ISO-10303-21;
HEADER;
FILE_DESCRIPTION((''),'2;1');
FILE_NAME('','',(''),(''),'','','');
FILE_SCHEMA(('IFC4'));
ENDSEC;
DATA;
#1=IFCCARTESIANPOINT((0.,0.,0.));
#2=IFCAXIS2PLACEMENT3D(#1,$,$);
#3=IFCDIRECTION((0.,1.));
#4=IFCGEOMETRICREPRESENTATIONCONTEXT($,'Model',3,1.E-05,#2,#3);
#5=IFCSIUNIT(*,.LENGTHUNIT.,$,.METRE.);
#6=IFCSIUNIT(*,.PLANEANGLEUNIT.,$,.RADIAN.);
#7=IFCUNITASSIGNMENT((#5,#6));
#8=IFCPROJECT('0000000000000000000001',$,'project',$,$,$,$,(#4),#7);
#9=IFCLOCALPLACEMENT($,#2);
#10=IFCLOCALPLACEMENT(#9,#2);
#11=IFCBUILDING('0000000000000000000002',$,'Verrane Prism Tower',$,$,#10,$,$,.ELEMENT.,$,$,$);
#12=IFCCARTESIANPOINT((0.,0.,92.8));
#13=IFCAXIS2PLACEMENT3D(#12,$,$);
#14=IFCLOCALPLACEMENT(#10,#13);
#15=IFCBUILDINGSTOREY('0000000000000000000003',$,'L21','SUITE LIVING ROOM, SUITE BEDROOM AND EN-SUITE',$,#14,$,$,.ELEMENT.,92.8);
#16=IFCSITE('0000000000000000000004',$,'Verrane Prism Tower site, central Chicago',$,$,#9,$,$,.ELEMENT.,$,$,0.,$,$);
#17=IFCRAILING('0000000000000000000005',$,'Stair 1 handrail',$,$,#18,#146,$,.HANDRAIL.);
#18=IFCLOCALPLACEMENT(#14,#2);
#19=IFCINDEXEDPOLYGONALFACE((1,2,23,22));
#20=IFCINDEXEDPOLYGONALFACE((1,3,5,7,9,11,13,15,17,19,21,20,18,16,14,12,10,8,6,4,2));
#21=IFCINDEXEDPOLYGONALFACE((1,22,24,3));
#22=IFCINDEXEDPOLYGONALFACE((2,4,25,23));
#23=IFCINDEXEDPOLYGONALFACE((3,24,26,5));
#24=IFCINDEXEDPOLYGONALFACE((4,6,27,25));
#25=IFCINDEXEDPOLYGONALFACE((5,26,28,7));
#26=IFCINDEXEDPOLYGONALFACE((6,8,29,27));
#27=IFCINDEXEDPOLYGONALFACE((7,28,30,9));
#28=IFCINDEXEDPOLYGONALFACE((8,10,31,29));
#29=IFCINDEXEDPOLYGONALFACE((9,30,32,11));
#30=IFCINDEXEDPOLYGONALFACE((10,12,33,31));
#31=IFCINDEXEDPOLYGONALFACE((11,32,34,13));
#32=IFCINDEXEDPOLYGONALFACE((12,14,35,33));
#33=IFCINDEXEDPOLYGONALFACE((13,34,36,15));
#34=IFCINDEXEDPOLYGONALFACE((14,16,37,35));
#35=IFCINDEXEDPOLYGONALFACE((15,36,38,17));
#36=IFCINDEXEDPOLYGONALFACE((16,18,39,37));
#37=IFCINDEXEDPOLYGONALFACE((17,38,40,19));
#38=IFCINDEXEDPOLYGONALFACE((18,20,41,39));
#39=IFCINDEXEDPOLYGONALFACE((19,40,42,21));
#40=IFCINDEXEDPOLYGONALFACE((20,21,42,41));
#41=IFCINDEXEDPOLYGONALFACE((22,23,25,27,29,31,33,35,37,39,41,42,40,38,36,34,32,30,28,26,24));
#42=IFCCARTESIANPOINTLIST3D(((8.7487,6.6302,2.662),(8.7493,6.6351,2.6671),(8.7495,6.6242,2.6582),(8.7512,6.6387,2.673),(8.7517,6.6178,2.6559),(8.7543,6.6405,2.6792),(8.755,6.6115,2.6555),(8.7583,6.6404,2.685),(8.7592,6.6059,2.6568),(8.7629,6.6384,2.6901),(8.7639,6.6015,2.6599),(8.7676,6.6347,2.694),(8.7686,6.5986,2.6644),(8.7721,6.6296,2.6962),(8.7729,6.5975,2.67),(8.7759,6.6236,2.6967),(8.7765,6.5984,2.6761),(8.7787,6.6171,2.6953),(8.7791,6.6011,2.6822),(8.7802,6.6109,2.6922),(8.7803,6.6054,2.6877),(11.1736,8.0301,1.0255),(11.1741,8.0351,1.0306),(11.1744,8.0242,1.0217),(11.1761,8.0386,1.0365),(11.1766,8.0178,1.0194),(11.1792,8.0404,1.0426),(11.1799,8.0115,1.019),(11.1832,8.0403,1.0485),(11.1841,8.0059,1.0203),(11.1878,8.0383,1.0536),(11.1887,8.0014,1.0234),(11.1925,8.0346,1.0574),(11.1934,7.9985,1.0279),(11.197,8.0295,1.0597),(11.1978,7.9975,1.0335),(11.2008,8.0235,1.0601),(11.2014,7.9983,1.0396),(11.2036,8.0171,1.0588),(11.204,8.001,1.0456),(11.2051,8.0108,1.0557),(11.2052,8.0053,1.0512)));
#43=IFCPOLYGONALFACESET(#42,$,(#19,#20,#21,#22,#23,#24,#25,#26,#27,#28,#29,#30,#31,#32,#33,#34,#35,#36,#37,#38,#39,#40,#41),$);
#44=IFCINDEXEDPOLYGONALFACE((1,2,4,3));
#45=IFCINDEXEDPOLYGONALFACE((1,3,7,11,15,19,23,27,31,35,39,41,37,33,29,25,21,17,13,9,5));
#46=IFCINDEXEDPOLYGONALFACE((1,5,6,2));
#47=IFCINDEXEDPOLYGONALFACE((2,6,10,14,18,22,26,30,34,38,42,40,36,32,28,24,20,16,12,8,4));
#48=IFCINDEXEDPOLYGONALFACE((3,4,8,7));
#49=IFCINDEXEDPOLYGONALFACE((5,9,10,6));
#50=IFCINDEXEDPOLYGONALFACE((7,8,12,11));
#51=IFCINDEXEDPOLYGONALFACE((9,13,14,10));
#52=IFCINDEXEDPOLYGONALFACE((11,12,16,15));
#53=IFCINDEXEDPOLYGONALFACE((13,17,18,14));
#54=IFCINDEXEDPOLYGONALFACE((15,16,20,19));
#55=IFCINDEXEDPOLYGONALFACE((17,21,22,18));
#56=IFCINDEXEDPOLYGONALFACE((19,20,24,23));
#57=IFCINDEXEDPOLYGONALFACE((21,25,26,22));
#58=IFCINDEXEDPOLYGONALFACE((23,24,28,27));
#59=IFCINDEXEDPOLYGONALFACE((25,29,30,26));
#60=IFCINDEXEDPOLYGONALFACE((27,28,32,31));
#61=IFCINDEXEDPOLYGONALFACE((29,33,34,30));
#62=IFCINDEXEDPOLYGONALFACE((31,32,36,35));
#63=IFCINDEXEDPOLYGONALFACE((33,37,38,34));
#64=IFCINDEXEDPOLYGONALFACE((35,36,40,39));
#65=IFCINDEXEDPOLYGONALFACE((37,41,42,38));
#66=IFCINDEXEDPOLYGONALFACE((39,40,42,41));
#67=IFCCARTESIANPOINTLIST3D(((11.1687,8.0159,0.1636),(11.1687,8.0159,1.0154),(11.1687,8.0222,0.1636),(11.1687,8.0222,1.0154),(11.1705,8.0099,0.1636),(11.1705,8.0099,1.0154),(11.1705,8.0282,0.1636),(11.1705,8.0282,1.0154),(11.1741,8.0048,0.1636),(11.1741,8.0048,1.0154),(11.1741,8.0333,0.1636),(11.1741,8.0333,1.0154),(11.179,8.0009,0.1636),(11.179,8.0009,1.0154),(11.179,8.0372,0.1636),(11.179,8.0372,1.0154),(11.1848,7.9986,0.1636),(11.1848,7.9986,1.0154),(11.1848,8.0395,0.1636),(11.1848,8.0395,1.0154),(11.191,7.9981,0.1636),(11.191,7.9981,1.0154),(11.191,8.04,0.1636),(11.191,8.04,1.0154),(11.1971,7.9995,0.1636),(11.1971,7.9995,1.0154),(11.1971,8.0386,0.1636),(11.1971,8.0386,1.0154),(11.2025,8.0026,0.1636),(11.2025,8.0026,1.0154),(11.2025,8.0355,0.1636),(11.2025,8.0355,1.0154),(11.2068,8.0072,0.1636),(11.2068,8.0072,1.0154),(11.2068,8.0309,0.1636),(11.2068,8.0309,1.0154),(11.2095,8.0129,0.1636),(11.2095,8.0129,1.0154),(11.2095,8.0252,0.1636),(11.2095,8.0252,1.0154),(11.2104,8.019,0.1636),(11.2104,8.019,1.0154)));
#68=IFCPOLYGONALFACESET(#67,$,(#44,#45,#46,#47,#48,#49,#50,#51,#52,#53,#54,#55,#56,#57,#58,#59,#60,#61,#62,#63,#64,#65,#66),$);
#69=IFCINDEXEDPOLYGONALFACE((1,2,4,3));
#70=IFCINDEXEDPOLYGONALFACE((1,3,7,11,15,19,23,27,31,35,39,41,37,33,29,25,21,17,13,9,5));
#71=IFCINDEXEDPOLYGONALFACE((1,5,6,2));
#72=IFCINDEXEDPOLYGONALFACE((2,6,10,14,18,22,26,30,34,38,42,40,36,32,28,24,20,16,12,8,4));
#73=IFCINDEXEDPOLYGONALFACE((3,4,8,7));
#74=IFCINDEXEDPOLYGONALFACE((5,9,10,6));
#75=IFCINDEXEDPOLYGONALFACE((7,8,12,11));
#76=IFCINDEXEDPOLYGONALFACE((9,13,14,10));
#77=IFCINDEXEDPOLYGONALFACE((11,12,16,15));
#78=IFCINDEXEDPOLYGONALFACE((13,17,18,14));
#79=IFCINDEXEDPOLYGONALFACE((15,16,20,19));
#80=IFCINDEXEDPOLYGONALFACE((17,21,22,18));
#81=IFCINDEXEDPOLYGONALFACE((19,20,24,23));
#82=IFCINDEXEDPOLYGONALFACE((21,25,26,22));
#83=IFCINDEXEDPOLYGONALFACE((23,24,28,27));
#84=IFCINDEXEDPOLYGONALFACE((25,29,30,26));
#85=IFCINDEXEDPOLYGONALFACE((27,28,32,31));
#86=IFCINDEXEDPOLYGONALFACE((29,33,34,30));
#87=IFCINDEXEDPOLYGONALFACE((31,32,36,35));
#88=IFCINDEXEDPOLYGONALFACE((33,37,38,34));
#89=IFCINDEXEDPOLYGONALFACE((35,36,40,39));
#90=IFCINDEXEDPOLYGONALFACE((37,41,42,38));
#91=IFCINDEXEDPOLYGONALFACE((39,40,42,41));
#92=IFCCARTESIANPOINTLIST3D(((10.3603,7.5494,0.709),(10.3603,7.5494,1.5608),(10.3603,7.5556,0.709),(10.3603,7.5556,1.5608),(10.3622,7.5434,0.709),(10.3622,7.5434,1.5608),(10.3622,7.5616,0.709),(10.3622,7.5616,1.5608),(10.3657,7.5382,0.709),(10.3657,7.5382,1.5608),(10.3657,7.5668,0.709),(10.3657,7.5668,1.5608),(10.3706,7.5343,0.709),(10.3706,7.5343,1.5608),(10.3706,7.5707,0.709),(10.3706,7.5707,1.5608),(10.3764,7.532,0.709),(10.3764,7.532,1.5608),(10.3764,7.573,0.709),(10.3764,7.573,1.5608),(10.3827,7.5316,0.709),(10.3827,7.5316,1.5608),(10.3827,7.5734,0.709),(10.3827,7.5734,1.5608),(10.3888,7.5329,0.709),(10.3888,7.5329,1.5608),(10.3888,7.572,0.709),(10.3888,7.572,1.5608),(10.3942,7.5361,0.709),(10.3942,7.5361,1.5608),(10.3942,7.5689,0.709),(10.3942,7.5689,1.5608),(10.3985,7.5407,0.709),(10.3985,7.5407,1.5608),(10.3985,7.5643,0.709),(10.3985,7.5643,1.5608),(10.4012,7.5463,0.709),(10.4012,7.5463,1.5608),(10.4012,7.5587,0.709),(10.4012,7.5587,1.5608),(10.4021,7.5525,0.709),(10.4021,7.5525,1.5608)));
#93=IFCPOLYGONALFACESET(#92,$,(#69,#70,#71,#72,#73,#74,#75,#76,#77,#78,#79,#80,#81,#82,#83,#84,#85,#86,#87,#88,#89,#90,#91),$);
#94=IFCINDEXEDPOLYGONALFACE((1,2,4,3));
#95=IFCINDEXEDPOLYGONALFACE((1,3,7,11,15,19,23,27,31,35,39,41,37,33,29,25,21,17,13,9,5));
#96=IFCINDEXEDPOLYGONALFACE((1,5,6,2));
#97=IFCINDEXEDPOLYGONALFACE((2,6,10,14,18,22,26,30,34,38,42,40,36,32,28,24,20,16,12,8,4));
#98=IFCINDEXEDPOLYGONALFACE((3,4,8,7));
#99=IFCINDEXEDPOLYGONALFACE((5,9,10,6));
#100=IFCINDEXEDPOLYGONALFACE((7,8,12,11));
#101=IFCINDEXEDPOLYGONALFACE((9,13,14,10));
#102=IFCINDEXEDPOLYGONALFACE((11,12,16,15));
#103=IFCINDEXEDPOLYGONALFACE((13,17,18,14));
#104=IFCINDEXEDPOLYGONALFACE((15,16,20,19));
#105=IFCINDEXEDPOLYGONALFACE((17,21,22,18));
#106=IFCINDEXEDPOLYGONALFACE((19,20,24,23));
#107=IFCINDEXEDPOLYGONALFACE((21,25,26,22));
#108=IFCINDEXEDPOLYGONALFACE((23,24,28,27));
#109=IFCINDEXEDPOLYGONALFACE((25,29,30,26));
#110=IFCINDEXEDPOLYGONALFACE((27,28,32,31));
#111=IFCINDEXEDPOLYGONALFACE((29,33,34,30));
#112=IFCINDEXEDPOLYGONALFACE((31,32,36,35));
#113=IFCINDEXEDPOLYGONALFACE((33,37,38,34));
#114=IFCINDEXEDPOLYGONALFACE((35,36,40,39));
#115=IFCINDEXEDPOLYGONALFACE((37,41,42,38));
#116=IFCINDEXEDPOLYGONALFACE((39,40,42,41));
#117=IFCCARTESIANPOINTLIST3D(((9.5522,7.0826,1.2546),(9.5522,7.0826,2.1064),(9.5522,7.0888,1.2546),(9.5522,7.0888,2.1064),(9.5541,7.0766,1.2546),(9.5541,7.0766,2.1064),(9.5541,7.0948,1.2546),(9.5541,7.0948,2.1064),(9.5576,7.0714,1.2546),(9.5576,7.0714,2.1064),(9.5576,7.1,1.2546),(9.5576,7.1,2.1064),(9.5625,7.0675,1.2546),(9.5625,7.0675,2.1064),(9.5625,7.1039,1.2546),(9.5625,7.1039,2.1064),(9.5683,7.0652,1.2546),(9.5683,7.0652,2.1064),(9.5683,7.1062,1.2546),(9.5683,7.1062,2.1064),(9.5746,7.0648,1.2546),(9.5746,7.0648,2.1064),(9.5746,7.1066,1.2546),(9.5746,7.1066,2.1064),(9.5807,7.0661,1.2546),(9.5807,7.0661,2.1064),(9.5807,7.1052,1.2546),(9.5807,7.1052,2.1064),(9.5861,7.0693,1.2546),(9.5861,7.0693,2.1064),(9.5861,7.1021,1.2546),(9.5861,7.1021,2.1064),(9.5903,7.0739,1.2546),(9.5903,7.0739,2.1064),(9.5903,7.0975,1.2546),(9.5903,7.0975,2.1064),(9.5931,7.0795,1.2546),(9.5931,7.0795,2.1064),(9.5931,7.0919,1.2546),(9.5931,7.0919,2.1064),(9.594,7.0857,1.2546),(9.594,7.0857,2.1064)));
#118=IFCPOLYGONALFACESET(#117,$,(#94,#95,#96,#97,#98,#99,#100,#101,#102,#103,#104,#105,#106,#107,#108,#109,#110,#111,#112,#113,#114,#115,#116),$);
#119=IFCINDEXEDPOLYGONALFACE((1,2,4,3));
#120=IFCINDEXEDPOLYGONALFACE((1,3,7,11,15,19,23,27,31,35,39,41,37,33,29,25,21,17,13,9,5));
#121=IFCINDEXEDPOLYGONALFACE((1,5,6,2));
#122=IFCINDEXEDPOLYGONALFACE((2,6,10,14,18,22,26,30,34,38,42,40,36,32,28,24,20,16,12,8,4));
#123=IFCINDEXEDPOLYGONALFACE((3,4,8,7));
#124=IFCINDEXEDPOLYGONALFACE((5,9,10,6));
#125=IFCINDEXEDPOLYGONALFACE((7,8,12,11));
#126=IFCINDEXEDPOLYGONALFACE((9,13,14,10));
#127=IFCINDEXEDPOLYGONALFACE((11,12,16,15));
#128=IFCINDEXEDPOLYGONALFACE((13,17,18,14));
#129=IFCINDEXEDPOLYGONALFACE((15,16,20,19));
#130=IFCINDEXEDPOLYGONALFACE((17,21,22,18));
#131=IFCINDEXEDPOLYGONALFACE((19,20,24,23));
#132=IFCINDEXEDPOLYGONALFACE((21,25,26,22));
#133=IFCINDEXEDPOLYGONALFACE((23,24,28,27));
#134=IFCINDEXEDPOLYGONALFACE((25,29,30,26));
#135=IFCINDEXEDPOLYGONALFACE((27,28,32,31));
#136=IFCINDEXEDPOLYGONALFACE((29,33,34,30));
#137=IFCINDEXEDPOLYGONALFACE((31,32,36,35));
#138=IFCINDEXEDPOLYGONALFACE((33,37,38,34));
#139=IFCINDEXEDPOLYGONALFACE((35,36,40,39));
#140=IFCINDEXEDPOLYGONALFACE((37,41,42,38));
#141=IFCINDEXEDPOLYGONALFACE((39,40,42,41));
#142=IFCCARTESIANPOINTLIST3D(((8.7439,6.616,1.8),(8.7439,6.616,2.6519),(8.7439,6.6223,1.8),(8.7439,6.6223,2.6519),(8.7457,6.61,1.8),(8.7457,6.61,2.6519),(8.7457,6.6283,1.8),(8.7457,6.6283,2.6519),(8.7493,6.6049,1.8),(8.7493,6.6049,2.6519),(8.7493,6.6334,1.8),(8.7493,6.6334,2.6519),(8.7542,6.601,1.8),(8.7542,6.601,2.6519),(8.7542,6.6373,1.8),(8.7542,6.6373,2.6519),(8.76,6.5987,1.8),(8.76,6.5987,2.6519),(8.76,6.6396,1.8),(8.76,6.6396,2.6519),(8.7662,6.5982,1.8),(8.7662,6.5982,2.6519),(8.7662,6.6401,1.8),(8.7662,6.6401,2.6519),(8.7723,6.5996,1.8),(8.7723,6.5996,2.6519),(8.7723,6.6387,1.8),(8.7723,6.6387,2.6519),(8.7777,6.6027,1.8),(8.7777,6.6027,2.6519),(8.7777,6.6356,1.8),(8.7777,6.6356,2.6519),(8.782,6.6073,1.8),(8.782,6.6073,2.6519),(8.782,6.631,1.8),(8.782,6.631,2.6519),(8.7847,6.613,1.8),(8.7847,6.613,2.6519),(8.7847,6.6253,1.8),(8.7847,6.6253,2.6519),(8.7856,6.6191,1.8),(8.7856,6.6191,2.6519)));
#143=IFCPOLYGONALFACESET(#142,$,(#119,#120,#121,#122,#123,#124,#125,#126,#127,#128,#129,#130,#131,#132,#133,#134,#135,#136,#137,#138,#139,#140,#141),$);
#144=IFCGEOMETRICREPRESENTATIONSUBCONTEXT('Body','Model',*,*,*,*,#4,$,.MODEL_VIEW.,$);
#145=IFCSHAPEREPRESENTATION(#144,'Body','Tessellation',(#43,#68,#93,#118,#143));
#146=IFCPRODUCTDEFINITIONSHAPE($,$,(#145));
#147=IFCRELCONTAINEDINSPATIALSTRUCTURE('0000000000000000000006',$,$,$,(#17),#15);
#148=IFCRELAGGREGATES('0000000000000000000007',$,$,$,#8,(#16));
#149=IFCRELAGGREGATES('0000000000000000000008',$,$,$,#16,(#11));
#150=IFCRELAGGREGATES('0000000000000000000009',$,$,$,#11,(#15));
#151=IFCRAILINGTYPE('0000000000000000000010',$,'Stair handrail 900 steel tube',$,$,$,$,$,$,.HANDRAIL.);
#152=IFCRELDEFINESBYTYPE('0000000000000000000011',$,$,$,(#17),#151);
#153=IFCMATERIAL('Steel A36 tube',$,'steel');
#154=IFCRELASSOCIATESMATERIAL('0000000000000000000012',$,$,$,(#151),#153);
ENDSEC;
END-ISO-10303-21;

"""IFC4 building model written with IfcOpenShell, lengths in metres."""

from ifc_helpers import new_model, si_unit, direction, frame, origin, origin_2d, place, context, subcontext, project, spatial, circle, extrude, material, type_object, element, save


model = new_model("IFC4")

# Units and contexts
model_context = context("Model", 3, precision=1e-05, world=origin(), true_north=direction((0.0, 1.0)))
body_context = subcontext(model_context, "Body", "Model", "MODEL_VIEW")
ifc_project = project(units=[si_unit("LENGTHUNIT", "METRE"), si_unit("PLANEANGLEUNIT", "RADIAN")], contexts=[model_context])

# Site, building, storey
site_placement = place(None, origin())
site = spatial("IfcSite", under=ifc_project, at=site_placement, Name="Verrane Prism Tower site, central Chicago", CompositionType="ELEMENT", RefElevation=0.0)
building_placement = place(site_placement, origin())
building = spatial("IfcBuilding", under=site, at=building_placement, Name="Verrane Prism Tower", CompositionType="ELEMENT")
storey_placement = place(building_placement, frame((0.0, 0.0, 92.8)))
storey = spatial("IfcBuildingStorey", under=building, at=storey_placement, Name="L21", Description="SUITE LIVING ROOM, SUITE BEDROOM AND EN-SUITE", CompositionType="ELEMENT", Elevation=92.8)

# Railing
ifc_material_1 = material(Name="Steel A36 tube", Category="steel")
railing_type_1 = type_object("IfcRailingType", Name="Stair handrail 900 steel tube", PredefinedType="HANDRAIL", material=ifc_material_1)
railing_1_placement = place(storey_placement, frame((11.1895, 8.019, 0.1636)))
element("IfcRailing", 1, at=railing_1_placement, inside=storey, type_object=railing_type_1, Name="Stair 1 handrail", PredefinedType="HANDRAIL", context=body_context, shape_type="SweptSolid", body=[
    extrude(circle(Radius=0.0239, at=origin_2d()), frame((0.0, 0.0, 0.876), z_axis=(-0.74769, -0.431661, 0.504608), x_axis=(0.499984, -0.866035, 0.0)), (0.0, 0.0, 1.0), 3.2432),
    extrude(circle(Radius=0.021, at=origin_2d()), origin(), (0.0, 0.0, 1.0), 0.8518),
    extrude(circle(Radius=0.021, at=origin_2d()), frame((-0.8083, -0.4666, 0.5454)), (0.0, 0.0, 1.0), 0.8518),
    extrude(circle(Radius=0.021, at=origin_2d()), frame((-1.6165, -0.9333, 1.0911)), (0.0, 0.0, 1.0), 0.8518),
    extrude(circle(Radius=0.021, at=origin_2d()), frame((-2.4248, -1.3999, 1.6365)), (0.0, 0.0, 1.0), 0.8518),
])

save(model, "model.ifc")
